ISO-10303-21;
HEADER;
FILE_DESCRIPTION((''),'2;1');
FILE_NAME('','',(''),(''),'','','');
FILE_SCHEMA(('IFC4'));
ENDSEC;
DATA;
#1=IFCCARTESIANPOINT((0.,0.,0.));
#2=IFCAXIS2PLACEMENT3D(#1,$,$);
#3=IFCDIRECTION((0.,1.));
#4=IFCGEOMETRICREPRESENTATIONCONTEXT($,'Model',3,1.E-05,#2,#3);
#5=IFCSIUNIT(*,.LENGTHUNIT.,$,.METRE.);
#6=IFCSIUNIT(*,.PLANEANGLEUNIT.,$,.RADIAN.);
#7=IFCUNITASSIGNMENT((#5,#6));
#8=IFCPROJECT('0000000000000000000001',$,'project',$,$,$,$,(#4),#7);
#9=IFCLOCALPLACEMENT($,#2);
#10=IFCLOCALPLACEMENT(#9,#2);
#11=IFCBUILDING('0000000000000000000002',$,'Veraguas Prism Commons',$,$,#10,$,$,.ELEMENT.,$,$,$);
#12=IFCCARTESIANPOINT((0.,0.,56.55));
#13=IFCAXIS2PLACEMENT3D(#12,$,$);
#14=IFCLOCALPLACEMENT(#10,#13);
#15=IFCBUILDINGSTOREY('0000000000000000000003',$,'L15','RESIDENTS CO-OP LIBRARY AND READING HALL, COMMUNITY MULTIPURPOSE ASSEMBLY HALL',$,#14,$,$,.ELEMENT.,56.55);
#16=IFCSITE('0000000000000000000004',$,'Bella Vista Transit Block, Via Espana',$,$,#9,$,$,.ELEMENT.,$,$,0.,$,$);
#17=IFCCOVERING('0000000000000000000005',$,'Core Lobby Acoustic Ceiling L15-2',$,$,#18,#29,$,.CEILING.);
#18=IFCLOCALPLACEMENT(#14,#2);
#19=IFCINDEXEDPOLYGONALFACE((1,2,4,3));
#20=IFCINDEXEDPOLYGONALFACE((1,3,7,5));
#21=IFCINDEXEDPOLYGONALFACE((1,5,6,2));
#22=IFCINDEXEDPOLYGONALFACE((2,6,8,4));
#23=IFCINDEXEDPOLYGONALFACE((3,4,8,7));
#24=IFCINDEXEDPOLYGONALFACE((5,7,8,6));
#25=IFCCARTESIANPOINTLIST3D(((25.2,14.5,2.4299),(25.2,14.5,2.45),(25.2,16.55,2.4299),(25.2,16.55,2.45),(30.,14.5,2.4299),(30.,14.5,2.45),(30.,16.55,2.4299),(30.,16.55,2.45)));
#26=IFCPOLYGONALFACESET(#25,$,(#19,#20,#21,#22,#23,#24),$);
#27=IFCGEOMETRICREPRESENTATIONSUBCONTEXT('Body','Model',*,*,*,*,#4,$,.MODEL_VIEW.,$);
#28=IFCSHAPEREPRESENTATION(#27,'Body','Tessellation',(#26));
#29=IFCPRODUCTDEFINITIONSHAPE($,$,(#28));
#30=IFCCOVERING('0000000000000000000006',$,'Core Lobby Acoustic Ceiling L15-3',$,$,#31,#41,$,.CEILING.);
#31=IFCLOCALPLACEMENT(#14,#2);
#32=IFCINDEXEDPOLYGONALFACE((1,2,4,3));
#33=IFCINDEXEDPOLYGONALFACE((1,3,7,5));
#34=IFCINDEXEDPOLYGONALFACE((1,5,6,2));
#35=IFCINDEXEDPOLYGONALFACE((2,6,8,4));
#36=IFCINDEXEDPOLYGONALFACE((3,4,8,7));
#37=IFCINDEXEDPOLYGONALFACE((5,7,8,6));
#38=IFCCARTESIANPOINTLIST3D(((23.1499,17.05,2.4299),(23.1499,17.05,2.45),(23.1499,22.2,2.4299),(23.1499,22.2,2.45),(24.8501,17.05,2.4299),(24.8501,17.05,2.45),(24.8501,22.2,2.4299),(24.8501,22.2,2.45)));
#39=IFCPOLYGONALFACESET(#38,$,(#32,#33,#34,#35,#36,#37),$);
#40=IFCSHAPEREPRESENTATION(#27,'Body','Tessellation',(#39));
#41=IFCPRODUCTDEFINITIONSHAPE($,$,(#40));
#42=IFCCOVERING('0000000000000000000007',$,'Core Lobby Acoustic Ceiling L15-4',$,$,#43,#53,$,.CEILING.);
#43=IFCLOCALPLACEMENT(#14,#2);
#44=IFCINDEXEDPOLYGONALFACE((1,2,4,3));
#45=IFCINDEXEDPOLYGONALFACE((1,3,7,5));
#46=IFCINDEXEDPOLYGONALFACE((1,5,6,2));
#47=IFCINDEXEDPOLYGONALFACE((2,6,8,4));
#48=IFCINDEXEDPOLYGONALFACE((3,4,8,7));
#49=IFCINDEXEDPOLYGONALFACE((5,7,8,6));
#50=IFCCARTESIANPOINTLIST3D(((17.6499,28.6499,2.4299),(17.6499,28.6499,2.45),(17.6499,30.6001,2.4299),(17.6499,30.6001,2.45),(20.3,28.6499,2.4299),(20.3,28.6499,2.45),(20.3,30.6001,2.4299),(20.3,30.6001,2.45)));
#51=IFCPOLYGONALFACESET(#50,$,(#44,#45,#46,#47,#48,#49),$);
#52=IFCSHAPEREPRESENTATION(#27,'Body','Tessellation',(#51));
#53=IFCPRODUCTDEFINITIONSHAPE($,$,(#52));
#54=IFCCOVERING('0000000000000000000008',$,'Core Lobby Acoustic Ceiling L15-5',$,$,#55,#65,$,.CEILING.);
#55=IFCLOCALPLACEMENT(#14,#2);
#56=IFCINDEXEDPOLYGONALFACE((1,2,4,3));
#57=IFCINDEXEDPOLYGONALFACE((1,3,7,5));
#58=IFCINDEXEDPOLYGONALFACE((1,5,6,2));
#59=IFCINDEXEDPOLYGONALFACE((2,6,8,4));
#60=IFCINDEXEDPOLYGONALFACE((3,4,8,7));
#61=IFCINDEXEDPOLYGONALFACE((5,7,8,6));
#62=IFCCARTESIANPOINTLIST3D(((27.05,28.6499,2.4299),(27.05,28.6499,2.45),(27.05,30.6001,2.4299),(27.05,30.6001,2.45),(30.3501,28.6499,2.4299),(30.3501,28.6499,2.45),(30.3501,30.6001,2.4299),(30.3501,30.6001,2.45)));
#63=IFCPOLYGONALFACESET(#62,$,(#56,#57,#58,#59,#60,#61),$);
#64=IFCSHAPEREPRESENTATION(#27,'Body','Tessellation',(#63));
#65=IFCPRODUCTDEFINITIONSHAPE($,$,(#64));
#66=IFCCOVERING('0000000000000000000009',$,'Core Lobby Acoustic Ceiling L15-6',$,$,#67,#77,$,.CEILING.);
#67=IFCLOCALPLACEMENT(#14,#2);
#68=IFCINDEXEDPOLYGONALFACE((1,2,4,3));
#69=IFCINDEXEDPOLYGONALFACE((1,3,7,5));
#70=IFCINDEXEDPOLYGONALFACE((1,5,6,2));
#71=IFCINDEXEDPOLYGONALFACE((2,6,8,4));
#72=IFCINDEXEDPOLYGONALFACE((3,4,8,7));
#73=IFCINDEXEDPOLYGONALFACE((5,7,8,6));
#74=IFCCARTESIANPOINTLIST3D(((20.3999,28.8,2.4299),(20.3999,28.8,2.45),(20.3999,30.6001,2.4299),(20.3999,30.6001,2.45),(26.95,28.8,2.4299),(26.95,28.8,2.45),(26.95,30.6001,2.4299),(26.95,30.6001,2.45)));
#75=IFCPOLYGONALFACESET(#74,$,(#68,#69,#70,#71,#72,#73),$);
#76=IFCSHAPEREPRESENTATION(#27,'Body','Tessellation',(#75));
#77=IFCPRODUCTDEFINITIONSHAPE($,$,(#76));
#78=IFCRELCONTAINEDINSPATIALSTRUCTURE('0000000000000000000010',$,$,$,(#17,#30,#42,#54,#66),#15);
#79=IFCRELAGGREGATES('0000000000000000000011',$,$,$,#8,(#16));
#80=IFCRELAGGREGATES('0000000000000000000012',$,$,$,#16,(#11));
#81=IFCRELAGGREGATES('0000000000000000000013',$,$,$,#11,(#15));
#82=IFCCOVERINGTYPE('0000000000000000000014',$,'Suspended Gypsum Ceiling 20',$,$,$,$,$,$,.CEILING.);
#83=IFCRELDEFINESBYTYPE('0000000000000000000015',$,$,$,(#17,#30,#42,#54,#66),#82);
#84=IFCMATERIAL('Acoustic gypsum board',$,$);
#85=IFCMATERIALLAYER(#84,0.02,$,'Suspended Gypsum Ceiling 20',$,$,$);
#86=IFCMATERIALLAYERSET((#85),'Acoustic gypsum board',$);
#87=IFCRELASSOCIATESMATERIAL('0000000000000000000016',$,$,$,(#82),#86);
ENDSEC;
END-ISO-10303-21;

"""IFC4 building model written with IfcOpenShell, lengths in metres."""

from ifc_helpers import new_model, si_unit, direction, frame, origin, place, context, subcontext, project, spatial, polyline, outline, extrude, material, layer, layer_set, type_object, element, save


model = new_model("IFC4")

# Units and contexts
model_context = context("Model", 3, precision=1e-05, world=origin(), true_north=direction((0.0, 1.0)))
body_context = subcontext(model_context, "Body", "Model", "MODEL_VIEW")
ifc_project = project(units=[si_unit("LENGTHUNIT", "METRE"), si_unit("PLANEANGLEUNIT", "RADIAN")], contexts=[model_context])

# Site, building, storey
site_placement = place(None, origin())
site = spatial("IfcSite", under=ifc_project, at=site_placement, Name="Bella Vista Transit Block, Via Espana", CompositionType="ELEMENT", RefElevation=0.0)
building_placement = place(site_placement, origin())
building = spatial("IfcBuilding", under=site, at=building_placement, Name="Veraguas Prism Commons", CompositionType="ELEMENT")
storey_placement = place(building_placement, frame((0.0, 0.0, 56.55)))
storey = spatial("IfcBuildingStorey", under=building, at=storey_placement, Name="L15", Description="RESIDENTS CO-OP LIBRARY AND READING HALL, COMMUNITY MULTIPURPOSE ASSEMBLY HALL", CompositionType="ELEMENT", Elevation=56.55)

# Coverings
ifc_material_1 = material(Name="Acoustic gypsum board")
ifc_layer_1 = layer(ifc_material_1, 0.02, Name="Suspended Gypsum Ceiling 20")
ifc_layer_set_1 = layer_set([ifc_layer_1], Name="Acoustic gypsum board")
covering_type_1 = type_object("IfcCoveringType", Name="Suspended Gypsum Ceiling 20", PredefinedType="CEILING", material=ifc_layer_set_1)
covering_1_placement = place(storey_placement, frame((0.0, 0.0, 2.4299)))
element("IfcCovering", 1, at=covering_1_placement, inside=storey, type_object=covering_type_1, Name="Core Lobby Acoustic Ceiling L15-2", PredefinedType="CEILING", context=body_context, shape_type="SweptSolid", body=[
    extrude(outline(polyline([(25.2, 14.5), (30.0, 14.5), (30.0, 16.55), (25.2, 16.55), (25.2, 14.5)])), origin(), (0.0, 0.0, 1.0), 0.02),
])
covering_2_placement = place(storey_placement, frame((0.0, 0.0, 2.4299)))
element("IfcCovering", 2, at=covering_2_placement, inside=storey, type_object=covering_type_1, Name="Core Lobby Acoustic Ceiling L15-3", PredefinedType="CEILING", context=body_context, shape_type="SweptSolid", body=[
    extrude(outline(polyline([(23.1499, 17.05), (24.8501, 17.05), (24.8501, 22.2), (23.1499, 22.2), (23.1499, 17.05)])), origin(), (0.0, 0.0, 1.0), 0.02),
])
covering_3_placement = place(storey_placement, frame((0.0, 0.0, 2.4299)))
element("IfcCovering", 3, at=covering_3_placement, inside=storey, type_object=covering_type_1, Name="Core Lobby Acoustic Ceiling L15-4", PredefinedType="CEILING", context=body_context, shape_type="SweptSolid", body=[
    extrude(outline(polyline([(17.6499, 28.6499), (20.3, 28.6499), (20.3, 30.6001), (17.6499, 30.6001), (17.6499, 28.6499)])), origin(), (0.0, 0.0, 1.0), 0.02),
])
covering_4_placement = place(storey_placement, frame((0.0, 0.0, 2.4299)))
element("IfcCovering", 4, at=covering_4_placement, inside=storey, type_object=covering_type_1, Name="Core Lobby Acoustic Ceiling L15-5", PredefinedType="CEILING", context=body_context, shape_type="SweptSolid", body=[
    extrude(outline(polyline([(27.05, 28.6499), (30.3501, 28.6499), (30.3501, 30.6001), (27.05, 30.6001), (27.05, 28.6499)])), origin(), (0.0, 0.0, 1.0), 0.02),
])
covering_5_placement = place(storey_placement, frame((0.0, 0.0, 2.4299)))
element("IfcCovering", 5, at=covering_5_placement, inside=storey, type_object=covering_type_1, Name="Core Lobby Acoustic Ceiling L15-6", PredefinedType="CEILING", context=body_context, shape_type="SweptSolid", body=[
    extrude(outline(polyline([(20.3999, 28.8), (26.95, 28.8), (26.95, 30.6001), (20.3999, 30.6001), (20.3999, 28.8)])), origin(), (0.0, 0.0, 1.0), 0.02),
])

save(model, "model.ifc")
